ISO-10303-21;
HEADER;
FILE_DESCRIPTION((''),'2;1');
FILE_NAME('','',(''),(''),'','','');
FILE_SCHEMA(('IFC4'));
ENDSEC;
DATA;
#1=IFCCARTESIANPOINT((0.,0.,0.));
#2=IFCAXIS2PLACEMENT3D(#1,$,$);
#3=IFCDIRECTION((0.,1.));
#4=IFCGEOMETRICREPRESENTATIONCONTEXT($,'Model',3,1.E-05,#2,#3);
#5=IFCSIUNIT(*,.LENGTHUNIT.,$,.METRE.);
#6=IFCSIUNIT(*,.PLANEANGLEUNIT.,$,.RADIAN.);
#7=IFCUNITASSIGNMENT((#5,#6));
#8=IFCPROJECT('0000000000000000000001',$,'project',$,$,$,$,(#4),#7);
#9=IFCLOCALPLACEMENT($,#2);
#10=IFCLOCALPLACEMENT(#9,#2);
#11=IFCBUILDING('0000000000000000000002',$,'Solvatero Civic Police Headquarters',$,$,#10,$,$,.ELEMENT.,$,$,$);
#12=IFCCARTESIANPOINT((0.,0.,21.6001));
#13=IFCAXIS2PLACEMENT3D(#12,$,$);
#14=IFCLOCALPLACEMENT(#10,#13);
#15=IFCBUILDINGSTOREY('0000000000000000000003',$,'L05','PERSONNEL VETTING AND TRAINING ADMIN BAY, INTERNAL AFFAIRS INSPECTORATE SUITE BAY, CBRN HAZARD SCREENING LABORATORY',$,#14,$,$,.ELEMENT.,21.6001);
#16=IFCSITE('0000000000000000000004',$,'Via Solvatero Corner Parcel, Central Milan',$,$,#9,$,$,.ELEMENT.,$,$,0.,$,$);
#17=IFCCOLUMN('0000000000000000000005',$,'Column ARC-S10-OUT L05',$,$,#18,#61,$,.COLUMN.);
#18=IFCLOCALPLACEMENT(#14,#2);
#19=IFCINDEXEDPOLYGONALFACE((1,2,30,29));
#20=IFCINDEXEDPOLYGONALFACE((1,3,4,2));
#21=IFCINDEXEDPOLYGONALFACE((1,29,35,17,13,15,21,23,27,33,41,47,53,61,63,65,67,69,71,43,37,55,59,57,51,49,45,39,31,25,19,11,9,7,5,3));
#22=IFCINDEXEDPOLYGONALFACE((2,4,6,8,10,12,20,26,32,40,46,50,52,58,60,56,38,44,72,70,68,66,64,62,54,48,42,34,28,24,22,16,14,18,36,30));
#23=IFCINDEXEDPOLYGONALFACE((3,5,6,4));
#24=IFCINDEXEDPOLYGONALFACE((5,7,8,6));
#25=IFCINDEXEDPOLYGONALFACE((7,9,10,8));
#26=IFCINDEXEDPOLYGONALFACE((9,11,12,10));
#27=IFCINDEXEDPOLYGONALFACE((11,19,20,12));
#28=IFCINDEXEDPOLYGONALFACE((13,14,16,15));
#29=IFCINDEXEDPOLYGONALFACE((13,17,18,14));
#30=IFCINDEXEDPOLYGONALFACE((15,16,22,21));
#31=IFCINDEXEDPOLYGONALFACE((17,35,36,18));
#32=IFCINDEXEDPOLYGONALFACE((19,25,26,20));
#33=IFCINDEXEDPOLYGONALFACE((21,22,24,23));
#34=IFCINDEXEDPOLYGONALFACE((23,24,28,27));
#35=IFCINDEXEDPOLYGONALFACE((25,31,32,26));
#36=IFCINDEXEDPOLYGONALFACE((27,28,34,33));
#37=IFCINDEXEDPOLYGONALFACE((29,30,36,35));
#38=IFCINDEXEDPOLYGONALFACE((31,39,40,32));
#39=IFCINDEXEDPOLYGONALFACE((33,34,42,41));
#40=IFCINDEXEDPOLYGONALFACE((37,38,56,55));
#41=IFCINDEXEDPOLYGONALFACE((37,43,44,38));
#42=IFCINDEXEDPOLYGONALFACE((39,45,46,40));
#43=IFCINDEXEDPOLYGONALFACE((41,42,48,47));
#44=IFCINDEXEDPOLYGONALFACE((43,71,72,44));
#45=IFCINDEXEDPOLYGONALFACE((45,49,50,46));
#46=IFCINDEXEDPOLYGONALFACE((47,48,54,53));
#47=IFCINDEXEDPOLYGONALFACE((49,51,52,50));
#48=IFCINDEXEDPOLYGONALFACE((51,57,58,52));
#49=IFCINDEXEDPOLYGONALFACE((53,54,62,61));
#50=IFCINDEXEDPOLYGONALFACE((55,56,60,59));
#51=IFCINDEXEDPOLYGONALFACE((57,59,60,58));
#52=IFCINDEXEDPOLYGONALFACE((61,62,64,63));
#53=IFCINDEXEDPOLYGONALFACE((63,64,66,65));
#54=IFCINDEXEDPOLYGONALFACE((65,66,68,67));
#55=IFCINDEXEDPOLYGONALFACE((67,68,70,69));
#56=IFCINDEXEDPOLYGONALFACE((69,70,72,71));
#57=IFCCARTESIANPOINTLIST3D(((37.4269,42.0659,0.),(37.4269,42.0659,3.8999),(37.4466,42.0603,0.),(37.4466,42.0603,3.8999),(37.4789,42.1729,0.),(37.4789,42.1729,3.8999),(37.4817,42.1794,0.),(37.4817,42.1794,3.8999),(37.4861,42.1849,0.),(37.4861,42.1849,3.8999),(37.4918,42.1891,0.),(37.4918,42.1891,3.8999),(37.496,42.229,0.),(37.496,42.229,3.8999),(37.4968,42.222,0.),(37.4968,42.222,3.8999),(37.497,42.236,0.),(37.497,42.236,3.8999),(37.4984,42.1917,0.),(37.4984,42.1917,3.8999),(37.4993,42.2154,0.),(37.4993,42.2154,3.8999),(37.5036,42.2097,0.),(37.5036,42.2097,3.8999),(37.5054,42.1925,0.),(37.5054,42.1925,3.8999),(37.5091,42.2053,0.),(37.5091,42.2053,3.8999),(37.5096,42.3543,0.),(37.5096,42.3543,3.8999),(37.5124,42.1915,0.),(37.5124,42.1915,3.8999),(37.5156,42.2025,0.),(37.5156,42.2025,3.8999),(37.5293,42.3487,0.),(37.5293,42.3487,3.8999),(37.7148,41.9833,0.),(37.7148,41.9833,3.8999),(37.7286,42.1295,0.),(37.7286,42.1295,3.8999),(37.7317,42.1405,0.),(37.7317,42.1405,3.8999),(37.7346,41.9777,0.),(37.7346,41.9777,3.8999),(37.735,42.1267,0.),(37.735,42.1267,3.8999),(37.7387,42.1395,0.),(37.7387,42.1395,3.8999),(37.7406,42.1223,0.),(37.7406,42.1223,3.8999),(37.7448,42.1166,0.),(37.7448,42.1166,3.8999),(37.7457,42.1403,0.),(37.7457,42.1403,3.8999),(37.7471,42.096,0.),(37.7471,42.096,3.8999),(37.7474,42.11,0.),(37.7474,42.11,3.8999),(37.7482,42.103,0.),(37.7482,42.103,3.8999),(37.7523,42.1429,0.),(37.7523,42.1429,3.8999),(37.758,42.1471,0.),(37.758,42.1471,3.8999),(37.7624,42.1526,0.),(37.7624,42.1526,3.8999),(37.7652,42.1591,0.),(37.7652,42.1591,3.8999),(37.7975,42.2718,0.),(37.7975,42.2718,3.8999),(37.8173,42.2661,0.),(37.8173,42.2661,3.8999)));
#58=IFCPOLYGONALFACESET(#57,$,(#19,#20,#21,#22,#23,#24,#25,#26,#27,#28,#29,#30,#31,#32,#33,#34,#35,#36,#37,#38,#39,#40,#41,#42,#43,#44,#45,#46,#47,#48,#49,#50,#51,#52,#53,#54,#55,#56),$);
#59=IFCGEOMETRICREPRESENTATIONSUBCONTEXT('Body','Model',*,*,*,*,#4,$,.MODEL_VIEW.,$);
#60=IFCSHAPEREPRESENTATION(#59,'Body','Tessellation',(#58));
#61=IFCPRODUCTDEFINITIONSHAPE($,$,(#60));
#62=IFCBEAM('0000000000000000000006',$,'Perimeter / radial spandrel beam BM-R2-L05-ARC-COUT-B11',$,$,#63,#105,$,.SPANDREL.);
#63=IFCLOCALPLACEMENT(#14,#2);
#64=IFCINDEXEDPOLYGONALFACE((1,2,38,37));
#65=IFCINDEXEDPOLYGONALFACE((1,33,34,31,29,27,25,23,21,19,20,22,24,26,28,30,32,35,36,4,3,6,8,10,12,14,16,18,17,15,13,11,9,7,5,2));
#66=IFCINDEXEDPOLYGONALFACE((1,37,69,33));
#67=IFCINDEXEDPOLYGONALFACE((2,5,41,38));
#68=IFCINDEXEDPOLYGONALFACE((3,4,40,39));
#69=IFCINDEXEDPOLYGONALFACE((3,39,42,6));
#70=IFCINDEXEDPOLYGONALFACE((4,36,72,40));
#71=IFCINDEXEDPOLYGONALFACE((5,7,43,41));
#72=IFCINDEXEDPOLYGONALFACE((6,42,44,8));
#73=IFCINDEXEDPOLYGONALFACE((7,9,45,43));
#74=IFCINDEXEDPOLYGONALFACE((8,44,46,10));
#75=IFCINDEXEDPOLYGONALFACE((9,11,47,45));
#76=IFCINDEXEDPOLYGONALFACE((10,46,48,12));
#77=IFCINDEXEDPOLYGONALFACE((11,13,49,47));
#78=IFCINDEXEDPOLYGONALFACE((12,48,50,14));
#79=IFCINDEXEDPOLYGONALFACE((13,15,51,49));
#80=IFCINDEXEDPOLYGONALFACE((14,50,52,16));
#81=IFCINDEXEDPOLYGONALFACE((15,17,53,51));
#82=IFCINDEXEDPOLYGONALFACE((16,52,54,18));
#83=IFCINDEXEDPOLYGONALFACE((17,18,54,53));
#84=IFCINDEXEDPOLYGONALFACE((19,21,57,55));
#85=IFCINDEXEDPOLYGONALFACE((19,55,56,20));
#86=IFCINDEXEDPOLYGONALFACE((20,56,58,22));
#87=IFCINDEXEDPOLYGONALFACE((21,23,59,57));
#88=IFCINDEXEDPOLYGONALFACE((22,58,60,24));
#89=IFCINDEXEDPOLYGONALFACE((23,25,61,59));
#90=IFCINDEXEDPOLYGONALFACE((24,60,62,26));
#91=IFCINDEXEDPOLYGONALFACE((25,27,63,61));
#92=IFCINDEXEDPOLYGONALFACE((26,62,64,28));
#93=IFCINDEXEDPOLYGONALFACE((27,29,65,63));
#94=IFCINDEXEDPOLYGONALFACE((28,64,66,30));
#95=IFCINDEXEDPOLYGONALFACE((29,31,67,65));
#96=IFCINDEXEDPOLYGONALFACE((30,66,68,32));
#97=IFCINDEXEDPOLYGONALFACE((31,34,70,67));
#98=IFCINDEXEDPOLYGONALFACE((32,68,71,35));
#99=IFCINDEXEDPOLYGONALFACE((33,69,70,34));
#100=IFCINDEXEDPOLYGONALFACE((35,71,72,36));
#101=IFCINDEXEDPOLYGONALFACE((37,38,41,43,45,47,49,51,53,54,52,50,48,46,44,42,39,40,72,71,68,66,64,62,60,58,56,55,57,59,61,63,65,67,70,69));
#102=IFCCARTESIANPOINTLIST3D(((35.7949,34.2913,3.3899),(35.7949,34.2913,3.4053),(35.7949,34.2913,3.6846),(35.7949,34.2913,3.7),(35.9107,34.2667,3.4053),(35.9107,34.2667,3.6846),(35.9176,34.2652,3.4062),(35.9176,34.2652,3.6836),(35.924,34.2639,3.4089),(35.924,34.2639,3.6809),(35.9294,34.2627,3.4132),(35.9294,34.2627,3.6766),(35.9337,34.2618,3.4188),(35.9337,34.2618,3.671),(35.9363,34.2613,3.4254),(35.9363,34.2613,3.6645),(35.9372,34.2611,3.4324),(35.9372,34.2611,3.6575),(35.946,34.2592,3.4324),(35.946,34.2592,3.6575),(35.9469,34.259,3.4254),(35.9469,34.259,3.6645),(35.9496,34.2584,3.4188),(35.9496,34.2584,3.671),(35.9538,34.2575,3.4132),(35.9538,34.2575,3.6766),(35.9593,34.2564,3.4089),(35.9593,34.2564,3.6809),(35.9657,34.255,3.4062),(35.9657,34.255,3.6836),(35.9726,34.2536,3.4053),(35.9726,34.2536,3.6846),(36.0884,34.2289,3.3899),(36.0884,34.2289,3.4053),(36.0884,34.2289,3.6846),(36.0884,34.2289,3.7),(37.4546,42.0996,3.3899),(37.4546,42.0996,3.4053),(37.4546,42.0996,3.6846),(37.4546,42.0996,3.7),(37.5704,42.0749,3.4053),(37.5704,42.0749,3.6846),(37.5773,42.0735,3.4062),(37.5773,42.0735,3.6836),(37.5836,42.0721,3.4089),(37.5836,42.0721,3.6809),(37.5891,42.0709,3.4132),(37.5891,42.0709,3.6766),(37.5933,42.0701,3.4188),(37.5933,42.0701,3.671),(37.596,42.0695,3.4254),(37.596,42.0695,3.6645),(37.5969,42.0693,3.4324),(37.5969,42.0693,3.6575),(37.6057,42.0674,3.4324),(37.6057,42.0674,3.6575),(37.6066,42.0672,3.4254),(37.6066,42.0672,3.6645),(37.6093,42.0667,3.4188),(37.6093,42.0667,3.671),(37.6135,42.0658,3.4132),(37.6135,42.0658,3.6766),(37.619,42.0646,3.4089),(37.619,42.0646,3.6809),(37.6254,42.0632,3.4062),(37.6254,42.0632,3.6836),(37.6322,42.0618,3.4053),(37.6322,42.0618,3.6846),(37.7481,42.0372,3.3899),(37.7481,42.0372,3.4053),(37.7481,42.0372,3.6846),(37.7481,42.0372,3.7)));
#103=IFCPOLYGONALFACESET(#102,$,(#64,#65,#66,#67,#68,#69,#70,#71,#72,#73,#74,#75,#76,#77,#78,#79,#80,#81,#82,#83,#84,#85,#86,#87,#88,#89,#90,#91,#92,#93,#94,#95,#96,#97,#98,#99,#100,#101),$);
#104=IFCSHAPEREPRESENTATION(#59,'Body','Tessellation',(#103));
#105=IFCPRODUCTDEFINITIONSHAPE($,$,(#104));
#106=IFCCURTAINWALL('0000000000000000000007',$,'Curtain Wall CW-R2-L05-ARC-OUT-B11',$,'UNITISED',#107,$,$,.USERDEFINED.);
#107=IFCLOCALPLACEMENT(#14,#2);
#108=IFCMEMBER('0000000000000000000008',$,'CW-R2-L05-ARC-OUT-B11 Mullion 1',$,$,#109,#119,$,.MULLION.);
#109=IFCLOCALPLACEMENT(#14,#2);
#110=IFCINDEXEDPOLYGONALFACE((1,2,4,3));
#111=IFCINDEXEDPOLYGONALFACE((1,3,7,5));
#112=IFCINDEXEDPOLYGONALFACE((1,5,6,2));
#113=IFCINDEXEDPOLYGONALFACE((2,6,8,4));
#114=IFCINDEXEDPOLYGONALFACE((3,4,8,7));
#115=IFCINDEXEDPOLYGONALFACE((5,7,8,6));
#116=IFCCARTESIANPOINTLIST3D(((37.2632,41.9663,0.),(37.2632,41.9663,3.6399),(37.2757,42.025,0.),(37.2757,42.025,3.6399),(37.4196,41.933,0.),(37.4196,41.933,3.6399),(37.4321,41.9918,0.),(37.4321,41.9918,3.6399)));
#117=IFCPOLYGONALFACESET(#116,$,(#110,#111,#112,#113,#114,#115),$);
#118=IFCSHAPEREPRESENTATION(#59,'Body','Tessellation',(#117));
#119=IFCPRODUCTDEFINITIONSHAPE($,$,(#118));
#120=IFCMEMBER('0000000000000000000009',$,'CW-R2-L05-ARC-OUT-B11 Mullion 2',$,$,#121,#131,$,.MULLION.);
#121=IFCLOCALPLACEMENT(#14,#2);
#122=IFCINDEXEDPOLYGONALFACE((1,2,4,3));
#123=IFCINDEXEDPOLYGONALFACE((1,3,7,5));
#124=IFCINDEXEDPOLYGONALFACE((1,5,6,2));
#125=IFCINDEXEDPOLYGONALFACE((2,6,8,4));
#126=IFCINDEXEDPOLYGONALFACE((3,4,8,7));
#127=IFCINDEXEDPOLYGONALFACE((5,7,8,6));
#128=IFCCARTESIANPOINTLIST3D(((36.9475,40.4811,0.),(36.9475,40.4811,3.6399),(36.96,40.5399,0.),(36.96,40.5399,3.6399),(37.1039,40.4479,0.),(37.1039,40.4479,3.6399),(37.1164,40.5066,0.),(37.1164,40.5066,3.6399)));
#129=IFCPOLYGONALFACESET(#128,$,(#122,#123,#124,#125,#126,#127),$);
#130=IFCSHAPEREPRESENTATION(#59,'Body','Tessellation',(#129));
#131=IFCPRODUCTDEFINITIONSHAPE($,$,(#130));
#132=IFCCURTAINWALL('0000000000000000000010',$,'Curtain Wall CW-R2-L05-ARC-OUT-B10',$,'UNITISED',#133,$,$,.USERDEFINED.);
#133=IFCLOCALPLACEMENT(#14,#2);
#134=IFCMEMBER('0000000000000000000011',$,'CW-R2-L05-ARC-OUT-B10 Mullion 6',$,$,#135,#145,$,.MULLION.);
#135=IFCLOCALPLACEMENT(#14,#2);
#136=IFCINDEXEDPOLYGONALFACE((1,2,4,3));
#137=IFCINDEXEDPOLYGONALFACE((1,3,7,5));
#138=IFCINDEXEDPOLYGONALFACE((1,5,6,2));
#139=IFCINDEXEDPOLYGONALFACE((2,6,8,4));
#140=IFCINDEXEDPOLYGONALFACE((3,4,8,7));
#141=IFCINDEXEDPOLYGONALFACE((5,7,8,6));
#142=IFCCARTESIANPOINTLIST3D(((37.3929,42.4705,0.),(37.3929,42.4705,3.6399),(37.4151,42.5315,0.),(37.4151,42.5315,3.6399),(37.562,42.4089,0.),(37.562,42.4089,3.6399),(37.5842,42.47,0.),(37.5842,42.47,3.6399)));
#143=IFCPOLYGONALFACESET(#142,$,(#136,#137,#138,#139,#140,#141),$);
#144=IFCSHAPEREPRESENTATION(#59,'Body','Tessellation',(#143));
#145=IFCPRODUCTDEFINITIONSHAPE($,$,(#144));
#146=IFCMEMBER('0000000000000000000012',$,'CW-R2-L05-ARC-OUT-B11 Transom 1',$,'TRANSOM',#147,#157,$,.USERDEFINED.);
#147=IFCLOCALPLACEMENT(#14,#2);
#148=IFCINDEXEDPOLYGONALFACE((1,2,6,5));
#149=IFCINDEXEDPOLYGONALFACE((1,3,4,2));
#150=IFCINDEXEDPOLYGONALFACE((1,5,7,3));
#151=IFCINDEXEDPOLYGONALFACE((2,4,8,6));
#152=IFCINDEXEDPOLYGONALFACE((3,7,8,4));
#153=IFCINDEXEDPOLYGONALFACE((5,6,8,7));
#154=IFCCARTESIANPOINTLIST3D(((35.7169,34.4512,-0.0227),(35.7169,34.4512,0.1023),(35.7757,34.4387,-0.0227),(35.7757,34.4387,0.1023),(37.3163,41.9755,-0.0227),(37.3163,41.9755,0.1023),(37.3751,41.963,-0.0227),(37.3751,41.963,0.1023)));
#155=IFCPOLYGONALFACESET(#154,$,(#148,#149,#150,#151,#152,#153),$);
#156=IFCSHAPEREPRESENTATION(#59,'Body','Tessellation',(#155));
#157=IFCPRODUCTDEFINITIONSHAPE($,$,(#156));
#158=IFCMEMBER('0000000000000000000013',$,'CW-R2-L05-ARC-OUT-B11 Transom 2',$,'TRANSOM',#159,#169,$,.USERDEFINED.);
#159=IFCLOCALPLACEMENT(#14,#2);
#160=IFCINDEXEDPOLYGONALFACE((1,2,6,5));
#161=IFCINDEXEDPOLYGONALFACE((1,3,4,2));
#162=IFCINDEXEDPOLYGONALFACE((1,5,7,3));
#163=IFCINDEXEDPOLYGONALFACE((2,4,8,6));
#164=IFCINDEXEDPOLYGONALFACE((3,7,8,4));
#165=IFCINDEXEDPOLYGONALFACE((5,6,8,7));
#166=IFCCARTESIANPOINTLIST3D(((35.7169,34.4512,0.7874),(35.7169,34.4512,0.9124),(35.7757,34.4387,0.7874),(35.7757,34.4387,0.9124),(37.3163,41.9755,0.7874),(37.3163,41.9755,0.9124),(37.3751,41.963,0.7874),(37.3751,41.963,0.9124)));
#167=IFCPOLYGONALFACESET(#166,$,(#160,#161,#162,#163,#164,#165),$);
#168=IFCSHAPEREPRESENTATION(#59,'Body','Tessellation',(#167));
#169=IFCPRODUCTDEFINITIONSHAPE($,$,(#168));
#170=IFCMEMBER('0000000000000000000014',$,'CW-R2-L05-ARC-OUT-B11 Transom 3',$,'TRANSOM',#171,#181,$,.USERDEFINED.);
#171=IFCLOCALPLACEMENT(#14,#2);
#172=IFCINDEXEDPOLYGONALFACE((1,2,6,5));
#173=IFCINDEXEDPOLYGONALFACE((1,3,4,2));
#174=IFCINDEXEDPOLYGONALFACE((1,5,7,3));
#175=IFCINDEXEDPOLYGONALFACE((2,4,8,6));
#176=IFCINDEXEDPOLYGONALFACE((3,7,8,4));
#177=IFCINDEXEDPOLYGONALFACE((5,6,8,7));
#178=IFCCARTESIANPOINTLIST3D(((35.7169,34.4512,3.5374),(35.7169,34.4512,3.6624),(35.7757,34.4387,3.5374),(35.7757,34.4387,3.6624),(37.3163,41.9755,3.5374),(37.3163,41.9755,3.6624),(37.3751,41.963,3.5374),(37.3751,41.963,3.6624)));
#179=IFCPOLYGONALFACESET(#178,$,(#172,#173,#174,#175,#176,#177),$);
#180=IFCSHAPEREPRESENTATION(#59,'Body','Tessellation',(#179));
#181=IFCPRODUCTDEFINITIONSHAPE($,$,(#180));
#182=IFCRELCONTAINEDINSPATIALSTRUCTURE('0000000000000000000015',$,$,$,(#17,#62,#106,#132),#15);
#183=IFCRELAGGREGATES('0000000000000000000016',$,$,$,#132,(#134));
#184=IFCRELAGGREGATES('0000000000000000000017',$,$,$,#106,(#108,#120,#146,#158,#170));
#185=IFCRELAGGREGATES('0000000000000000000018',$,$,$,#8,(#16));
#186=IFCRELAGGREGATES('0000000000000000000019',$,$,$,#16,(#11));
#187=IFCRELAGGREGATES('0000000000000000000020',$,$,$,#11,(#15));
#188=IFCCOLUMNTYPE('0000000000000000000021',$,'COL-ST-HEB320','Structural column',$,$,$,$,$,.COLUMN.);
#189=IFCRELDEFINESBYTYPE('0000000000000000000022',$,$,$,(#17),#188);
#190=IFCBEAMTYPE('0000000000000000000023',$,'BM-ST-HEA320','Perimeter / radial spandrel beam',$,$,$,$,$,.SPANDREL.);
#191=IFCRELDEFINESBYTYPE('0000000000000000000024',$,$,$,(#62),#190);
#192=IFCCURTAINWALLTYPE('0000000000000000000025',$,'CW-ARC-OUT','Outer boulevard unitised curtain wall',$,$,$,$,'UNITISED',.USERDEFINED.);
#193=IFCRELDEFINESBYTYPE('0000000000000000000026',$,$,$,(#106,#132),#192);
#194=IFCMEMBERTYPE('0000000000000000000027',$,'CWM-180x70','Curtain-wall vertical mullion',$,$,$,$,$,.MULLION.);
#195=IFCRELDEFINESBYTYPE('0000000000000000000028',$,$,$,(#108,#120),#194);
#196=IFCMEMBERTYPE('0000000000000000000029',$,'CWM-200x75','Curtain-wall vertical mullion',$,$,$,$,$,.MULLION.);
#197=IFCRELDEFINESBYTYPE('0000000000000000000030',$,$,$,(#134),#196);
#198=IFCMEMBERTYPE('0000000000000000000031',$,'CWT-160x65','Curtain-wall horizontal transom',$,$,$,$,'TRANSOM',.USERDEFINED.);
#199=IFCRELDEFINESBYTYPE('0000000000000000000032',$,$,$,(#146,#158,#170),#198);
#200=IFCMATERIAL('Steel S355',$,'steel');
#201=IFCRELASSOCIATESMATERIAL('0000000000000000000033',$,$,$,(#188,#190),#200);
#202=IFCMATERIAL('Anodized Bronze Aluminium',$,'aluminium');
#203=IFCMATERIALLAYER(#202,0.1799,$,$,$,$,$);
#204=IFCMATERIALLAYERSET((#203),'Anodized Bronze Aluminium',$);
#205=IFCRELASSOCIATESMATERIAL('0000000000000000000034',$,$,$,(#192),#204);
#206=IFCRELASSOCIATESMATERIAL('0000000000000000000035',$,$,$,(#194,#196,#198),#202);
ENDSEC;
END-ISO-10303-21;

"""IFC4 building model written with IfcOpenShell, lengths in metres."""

from ifc_helpers import new_model, si_unit, direction, frame, origin, origin_2d, place, context, subcontext, project, spatial, rectangle, i_section, extrude, material, layer, layer_set, material_profile, profile_set, type_object, element, aggregate, save


model = new_model("IFC4")

# Units and contexts
model_context = context("Model", 3, precision=1e-05, world=origin(), true_north=direction((0.0, 1.0)))
body_context = subcontext(model_context, "Body", "Model", "MODEL_VIEW")
ifc_project = project(units=[si_unit("LENGTHUNIT", "METRE"), si_unit("PLANEANGLEUNIT", "RADIAN")], contexts=[model_context])

# Site, building, storey
site_placement = place(None, origin())
site = spatial("IfcSite", under=ifc_project, at=site_placement, Name="Via Solvatero Corner Parcel, Central Milan", CompositionType="ELEMENT", RefElevation=0.0)
building_placement = place(site_placement, origin())
building = spatial("IfcBuilding", under=site, at=building_placement, Name="Solvatero Civic Police Headquarters", CompositionType="ELEMENT")
storey_placement = place(building_placement, frame((0.0, 0.0, 21.6001)))
storey = spatial("IfcBuildingStorey", under=building, at=storey_placement, Name="L05", Description="PERSONNEL VETTING AND TRAINING ADMIN BAY, INTERNAL AFFAIRS INSPECTORATE SUITE BAY, CBRN HAZARD SCREENING LABORATORY", CompositionType="ELEMENT", Elevation=21.6001)

# Column
ifc_material_1 = material(Name="Steel S355", Category="steel")
ifc_material_profile_1 = material_profile(ifc_material_1, i_section(OverallWidth=0.3, OverallDepth=0.3201, WebThickness=0.0115, FlangeThickness=0.0205, FilletRadius=0.0271, at=origin_2d()), Name="HEB 320")
ifc_profile_set_1 = profile_set([ifc_material_profile_1], Name="Steel S355")
column_type = type_object("IfcColumnType", Name="COL-ST-HEB320", Description="Structural column", PredefinedType="COLUMN", material=ifc_profile_set_1)
column_placement = place(storey_placement, frame((37.6221, 42.166, 0.0), z_axis=(0.0, 0.0, 1.0), x_axis=(0.275637, 0.961262, 0.0)))
element("IfcColumn", 1, at=column_placement, inside=storey, type_object=column_type, Name="Column ARC-S10-OUT L05", PredefinedType="COLUMN", context=body_context, shape_type="SweptSolid", body=[
    extrude(i_section(OverallWidth=0.3, OverallDepth=0.3201, WebThickness=0.0115, FlangeThickness=0.0205, FilletRadius=0.0271, at=origin_2d()), origin(), (0.0, 0.0, 1.0), 3.8999),
])

# Beam
ifc_material_profile_2 = material_profile(ifc_material_1, i_section(OverallWidth=0.3, OverallDepth=0.3101, WebThickness=0.009, FlangeThickness=0.0154, FilletRadius=0.0271, at=origin_2d()), Name="HEA 320")
ifc_profile_set_2 = profile_set([ifc_material_profile_2], Name="Steel S355")
beam_type = type_object("IfcBeamType", Name="BM-ST-HEA320", Description="Perimeter / radial spandrel beam", PredefinedType="SPANDREL", material=ifc_profile_set_2)
beam_placement = place(storey_placement, frame((37.6013, 42.0684, 3.5449), z_axis=(-0.207912, -0.978148, 0.0), x_axis=(0.978148, -0.207912, 0.0)))
element("IfcBeam", 2, at=beam_placement, inside=storey, type_object=beam_type, Name="Perimeter / radial spandrel beam BM-R2-L05-ARC-COUT-B11", PredefinedType="SPANDREL", context=body_context, shape_type="SweptSolid", body=[
    extrude(i_section(OverallWidth=0.3, OverallDepth=0.3101, WebThickness=0.009, FlangeThickness=0.0154, FilletRadius=0.0271, at=origin_2d()), origin(), (0.0, 0.0, 1.0), 7.9827),
])

# Curtain wall, members
ifc_material_2 = material(Name="Anodized Bronze Aluminium", Category="aluminium")
ifc_layer_1 = layer(ifc_material_2, 0.1799)
ifc_layer_set_1 = layer_set([ifc_layer_1], Name="Anodized Bronze Aluminium")
curtain_wall_type = type_object("IfcCurtainWallType", Name="CW-ARC-OUT", Description="Outer boulevard unitised curtain wall", ElementType="UNITISED", PredefinedType="USERDEFINED", material=ifc_layer_set_1)
curtain_wall_1_placement = place(storey_placement, origin())
curtain_wall_1 = element("IfcCurtainWall", 3, at=curtain_wall_1_placement, inside=storey, type_object=curtain_wall_type, Name="Curtain Wall CW-R2-L05-ARC-OUT-B11", ObjectType="UNITISED", PredefinedType="USERDEFINED")
ifc_material_profile_3 = material_profile(ifc_material_2, rectangle(XDim=0.0601, YDim=0.1599, at=origin_2d()), Name="ALU MULLION 60x160")
ifc_profile_set_3 = profile_set([ifc_material_profile_3], Name="Anodized Bronze Aluminium")
member_type_1 = type_object("IfcMemberType", Name="CWM-180x70", Description="Curtain-wall vertical mullion", PredefinedType="MULLION", material=ifc_profile_set_3)
member_1_placement = place(storey_placement, frame((37.3477, 41.979, 0.0), z_axis=(0.0, 0.0, 1.0), x_axis=(-0.207912, -0.978148, 0.0)))
member_1 = element("IfcMember", 4, at=member_1_placement, type_object=member_type_1, Name="CW-R2-L05-ARC-OUT-B11 Mullion 1", PredefinedType="MULLION", context=body_context, shape_type="SweptSolid", body=[
    extrude(rectangle(XDim=0.0601, YDim=0.1599, at=origin_2d()), origin(), (0.0, 0.0, 1.0), 3.6399),
])
member_2_placement = place(storey_placement, frame((37.032, 40.4939, 0.0), z_axis=(0.0, 0.0, 1.0), x_axis=(-0.207912, -0.978148, 0.0)))
member_2 = element("IfcMember", 5, at=member_2_placement, type_object=member_type_1, Name="CW-R2-L05-ARC-OUT-B11 Mullion 2", PredefinedType="MULLION", context=body_context, shape_type="SweptSolid", body=[
    extrude(rectangle(XDim=0.0601, YDim=0.1599, at=origin_2d()), origin(), (0.0, 0.0, 1.0), 3.6399),
])

# Curtain wall, member
curtain_wall_2_placement = place(storey_placement, origin())
curtain_wall_2 = element("IfcCurtainWall", 6, at=curtain_wall_2_placement, inside=storey, type_object=curtain_wall_type, Name="Curtain Wall CW-R2-L05-ARC-OUT-B10", ObjectType="UNITISED", PredefinedType="USERDEFINED")
ifc_material_profile_4 = material_profile(ifc_material_2, rectangle(XDim=0.0649, YDim=0.1799, at=origin_2d()), Name="ALU MULLION 65x180")
ifc_profile_set_4 = profile_set([ifc_material_profile_4], Name="Anodized Bronze Aluminium")
member_type_2 = type_object("IfcMemberType", Name="CWM-200x75", Description="Curtain-wall vertical mullion", PredefinedType="MULLION", material=ifc_profile_set_4)
member_3_placement = place(storey_placement, frame((37.4885, 42.4702, 0.0), z_axis=(0.0, 0.0, 1.0), x_axis=(-0.34202, -0.939693, 0.0)))
member_3 = element("IfcMember", 7, at=member_3_placement, type_object=member_type_2, Name="CW-R2-L05-ARC-OUT-B10 Mullion 6", PredefinedType="MULLION", context=body_context, shape_type="SweptSolid", body=[
    extrude(rectangle(XDim=0.0649, YDim=0.1799, at=origin_2d()), origin(), (0.0, 0.0, 1.0), 3.6399),
])

# Members
ifc_material_profile_5 = material_profile(ifc_material_2, rectangle(XDim=0.0601, YDim=0.125, at=origin_2d()), Name="ALU TRANSOM 60x125")
ifc_profile_set_5 = profile_set([ifc_material_profile_5], Name="Anodized Bronze Aluminium")
member_type_3 = type_object("IfcMemberType", Name="CWT-160x65", Description="Curtain-wall horizontal transom", ElementType="TRANSOM", PredefinedType="USERDEFINED", material=ifc_profile_set_5)
member_4_placement = place(storey_placement, frame((37.3457, 41.9692, 0.0398), z_axis=(-0.207918, -0.978146, 0.0), x_axis=(0.978146, -0.207918, 0.0)))
member_4 = element("IfcMember", 8, at=member_4_placement, type_object=member_type_3, Name="CW-R2-L05-ARC-OUT-B11 Transom 1", ObjectType="TRANSOM", PredefinedType="USERDEFINED", context=body_context, shape_type="SweptSolid", body=[
    extrude(rectangle(XDim=0.0601, YDim=0.125, at=origin_2d()), origin(), (0.0, 0.0, 1.0), 7.6924),
])
member_5_placement = place(storey_placement, frame((37.3457, 41.9692, 0.8499), z_axis=(-0.207918, -0.978146, 0.0), x_axis=(0.978146, -0.207918, 0.0)))
member_5 = element("IfcMember", 9, at=member_5_placement, type_object=member_type_3, Name="CW-R2-L05-ARC-OUT-B11 Transom 2", ObjectType="TRANSOM", PredefinedType="USERDEFINED", context=body_context, shape_type="SweptSolid", body=[
    extrude(rectangle(XDim=0.0601, YDim=0.125, at=origin_2d()), origin(), (0.0, 0.0, 1.0), 7.6924),
])
member_6_placement = place(storey_placement, frame((37.3457, 41.9692, 3.5999), z_axis=(-0.207918, -0.978146, 0.0), x_axis=(0.978146, -0.207918, 0.0)))
member_6 = element("IfcMember", 10, at=member_6_placement, type_object=member_type_3, Name="CW-R2-L05-ARC-OUT-B11 Transom 3", ObjectType="TRANSOM", PredefinedType="USERDEFINED", context=body_context, shape_type="SweptSolid", body=[
    extrude(rectangle(XDim=0.0601, YDim=0.125, at=origin_2d()), origin(), (0.0, 0.0, 1.0), 7.6924),
])

aggregate(curtain_wall_2, [member_3])
aggregate(curtain_wall_1, [member_1, member_2, member_4, member_5, member_6])

save(model, "model.ifc")
